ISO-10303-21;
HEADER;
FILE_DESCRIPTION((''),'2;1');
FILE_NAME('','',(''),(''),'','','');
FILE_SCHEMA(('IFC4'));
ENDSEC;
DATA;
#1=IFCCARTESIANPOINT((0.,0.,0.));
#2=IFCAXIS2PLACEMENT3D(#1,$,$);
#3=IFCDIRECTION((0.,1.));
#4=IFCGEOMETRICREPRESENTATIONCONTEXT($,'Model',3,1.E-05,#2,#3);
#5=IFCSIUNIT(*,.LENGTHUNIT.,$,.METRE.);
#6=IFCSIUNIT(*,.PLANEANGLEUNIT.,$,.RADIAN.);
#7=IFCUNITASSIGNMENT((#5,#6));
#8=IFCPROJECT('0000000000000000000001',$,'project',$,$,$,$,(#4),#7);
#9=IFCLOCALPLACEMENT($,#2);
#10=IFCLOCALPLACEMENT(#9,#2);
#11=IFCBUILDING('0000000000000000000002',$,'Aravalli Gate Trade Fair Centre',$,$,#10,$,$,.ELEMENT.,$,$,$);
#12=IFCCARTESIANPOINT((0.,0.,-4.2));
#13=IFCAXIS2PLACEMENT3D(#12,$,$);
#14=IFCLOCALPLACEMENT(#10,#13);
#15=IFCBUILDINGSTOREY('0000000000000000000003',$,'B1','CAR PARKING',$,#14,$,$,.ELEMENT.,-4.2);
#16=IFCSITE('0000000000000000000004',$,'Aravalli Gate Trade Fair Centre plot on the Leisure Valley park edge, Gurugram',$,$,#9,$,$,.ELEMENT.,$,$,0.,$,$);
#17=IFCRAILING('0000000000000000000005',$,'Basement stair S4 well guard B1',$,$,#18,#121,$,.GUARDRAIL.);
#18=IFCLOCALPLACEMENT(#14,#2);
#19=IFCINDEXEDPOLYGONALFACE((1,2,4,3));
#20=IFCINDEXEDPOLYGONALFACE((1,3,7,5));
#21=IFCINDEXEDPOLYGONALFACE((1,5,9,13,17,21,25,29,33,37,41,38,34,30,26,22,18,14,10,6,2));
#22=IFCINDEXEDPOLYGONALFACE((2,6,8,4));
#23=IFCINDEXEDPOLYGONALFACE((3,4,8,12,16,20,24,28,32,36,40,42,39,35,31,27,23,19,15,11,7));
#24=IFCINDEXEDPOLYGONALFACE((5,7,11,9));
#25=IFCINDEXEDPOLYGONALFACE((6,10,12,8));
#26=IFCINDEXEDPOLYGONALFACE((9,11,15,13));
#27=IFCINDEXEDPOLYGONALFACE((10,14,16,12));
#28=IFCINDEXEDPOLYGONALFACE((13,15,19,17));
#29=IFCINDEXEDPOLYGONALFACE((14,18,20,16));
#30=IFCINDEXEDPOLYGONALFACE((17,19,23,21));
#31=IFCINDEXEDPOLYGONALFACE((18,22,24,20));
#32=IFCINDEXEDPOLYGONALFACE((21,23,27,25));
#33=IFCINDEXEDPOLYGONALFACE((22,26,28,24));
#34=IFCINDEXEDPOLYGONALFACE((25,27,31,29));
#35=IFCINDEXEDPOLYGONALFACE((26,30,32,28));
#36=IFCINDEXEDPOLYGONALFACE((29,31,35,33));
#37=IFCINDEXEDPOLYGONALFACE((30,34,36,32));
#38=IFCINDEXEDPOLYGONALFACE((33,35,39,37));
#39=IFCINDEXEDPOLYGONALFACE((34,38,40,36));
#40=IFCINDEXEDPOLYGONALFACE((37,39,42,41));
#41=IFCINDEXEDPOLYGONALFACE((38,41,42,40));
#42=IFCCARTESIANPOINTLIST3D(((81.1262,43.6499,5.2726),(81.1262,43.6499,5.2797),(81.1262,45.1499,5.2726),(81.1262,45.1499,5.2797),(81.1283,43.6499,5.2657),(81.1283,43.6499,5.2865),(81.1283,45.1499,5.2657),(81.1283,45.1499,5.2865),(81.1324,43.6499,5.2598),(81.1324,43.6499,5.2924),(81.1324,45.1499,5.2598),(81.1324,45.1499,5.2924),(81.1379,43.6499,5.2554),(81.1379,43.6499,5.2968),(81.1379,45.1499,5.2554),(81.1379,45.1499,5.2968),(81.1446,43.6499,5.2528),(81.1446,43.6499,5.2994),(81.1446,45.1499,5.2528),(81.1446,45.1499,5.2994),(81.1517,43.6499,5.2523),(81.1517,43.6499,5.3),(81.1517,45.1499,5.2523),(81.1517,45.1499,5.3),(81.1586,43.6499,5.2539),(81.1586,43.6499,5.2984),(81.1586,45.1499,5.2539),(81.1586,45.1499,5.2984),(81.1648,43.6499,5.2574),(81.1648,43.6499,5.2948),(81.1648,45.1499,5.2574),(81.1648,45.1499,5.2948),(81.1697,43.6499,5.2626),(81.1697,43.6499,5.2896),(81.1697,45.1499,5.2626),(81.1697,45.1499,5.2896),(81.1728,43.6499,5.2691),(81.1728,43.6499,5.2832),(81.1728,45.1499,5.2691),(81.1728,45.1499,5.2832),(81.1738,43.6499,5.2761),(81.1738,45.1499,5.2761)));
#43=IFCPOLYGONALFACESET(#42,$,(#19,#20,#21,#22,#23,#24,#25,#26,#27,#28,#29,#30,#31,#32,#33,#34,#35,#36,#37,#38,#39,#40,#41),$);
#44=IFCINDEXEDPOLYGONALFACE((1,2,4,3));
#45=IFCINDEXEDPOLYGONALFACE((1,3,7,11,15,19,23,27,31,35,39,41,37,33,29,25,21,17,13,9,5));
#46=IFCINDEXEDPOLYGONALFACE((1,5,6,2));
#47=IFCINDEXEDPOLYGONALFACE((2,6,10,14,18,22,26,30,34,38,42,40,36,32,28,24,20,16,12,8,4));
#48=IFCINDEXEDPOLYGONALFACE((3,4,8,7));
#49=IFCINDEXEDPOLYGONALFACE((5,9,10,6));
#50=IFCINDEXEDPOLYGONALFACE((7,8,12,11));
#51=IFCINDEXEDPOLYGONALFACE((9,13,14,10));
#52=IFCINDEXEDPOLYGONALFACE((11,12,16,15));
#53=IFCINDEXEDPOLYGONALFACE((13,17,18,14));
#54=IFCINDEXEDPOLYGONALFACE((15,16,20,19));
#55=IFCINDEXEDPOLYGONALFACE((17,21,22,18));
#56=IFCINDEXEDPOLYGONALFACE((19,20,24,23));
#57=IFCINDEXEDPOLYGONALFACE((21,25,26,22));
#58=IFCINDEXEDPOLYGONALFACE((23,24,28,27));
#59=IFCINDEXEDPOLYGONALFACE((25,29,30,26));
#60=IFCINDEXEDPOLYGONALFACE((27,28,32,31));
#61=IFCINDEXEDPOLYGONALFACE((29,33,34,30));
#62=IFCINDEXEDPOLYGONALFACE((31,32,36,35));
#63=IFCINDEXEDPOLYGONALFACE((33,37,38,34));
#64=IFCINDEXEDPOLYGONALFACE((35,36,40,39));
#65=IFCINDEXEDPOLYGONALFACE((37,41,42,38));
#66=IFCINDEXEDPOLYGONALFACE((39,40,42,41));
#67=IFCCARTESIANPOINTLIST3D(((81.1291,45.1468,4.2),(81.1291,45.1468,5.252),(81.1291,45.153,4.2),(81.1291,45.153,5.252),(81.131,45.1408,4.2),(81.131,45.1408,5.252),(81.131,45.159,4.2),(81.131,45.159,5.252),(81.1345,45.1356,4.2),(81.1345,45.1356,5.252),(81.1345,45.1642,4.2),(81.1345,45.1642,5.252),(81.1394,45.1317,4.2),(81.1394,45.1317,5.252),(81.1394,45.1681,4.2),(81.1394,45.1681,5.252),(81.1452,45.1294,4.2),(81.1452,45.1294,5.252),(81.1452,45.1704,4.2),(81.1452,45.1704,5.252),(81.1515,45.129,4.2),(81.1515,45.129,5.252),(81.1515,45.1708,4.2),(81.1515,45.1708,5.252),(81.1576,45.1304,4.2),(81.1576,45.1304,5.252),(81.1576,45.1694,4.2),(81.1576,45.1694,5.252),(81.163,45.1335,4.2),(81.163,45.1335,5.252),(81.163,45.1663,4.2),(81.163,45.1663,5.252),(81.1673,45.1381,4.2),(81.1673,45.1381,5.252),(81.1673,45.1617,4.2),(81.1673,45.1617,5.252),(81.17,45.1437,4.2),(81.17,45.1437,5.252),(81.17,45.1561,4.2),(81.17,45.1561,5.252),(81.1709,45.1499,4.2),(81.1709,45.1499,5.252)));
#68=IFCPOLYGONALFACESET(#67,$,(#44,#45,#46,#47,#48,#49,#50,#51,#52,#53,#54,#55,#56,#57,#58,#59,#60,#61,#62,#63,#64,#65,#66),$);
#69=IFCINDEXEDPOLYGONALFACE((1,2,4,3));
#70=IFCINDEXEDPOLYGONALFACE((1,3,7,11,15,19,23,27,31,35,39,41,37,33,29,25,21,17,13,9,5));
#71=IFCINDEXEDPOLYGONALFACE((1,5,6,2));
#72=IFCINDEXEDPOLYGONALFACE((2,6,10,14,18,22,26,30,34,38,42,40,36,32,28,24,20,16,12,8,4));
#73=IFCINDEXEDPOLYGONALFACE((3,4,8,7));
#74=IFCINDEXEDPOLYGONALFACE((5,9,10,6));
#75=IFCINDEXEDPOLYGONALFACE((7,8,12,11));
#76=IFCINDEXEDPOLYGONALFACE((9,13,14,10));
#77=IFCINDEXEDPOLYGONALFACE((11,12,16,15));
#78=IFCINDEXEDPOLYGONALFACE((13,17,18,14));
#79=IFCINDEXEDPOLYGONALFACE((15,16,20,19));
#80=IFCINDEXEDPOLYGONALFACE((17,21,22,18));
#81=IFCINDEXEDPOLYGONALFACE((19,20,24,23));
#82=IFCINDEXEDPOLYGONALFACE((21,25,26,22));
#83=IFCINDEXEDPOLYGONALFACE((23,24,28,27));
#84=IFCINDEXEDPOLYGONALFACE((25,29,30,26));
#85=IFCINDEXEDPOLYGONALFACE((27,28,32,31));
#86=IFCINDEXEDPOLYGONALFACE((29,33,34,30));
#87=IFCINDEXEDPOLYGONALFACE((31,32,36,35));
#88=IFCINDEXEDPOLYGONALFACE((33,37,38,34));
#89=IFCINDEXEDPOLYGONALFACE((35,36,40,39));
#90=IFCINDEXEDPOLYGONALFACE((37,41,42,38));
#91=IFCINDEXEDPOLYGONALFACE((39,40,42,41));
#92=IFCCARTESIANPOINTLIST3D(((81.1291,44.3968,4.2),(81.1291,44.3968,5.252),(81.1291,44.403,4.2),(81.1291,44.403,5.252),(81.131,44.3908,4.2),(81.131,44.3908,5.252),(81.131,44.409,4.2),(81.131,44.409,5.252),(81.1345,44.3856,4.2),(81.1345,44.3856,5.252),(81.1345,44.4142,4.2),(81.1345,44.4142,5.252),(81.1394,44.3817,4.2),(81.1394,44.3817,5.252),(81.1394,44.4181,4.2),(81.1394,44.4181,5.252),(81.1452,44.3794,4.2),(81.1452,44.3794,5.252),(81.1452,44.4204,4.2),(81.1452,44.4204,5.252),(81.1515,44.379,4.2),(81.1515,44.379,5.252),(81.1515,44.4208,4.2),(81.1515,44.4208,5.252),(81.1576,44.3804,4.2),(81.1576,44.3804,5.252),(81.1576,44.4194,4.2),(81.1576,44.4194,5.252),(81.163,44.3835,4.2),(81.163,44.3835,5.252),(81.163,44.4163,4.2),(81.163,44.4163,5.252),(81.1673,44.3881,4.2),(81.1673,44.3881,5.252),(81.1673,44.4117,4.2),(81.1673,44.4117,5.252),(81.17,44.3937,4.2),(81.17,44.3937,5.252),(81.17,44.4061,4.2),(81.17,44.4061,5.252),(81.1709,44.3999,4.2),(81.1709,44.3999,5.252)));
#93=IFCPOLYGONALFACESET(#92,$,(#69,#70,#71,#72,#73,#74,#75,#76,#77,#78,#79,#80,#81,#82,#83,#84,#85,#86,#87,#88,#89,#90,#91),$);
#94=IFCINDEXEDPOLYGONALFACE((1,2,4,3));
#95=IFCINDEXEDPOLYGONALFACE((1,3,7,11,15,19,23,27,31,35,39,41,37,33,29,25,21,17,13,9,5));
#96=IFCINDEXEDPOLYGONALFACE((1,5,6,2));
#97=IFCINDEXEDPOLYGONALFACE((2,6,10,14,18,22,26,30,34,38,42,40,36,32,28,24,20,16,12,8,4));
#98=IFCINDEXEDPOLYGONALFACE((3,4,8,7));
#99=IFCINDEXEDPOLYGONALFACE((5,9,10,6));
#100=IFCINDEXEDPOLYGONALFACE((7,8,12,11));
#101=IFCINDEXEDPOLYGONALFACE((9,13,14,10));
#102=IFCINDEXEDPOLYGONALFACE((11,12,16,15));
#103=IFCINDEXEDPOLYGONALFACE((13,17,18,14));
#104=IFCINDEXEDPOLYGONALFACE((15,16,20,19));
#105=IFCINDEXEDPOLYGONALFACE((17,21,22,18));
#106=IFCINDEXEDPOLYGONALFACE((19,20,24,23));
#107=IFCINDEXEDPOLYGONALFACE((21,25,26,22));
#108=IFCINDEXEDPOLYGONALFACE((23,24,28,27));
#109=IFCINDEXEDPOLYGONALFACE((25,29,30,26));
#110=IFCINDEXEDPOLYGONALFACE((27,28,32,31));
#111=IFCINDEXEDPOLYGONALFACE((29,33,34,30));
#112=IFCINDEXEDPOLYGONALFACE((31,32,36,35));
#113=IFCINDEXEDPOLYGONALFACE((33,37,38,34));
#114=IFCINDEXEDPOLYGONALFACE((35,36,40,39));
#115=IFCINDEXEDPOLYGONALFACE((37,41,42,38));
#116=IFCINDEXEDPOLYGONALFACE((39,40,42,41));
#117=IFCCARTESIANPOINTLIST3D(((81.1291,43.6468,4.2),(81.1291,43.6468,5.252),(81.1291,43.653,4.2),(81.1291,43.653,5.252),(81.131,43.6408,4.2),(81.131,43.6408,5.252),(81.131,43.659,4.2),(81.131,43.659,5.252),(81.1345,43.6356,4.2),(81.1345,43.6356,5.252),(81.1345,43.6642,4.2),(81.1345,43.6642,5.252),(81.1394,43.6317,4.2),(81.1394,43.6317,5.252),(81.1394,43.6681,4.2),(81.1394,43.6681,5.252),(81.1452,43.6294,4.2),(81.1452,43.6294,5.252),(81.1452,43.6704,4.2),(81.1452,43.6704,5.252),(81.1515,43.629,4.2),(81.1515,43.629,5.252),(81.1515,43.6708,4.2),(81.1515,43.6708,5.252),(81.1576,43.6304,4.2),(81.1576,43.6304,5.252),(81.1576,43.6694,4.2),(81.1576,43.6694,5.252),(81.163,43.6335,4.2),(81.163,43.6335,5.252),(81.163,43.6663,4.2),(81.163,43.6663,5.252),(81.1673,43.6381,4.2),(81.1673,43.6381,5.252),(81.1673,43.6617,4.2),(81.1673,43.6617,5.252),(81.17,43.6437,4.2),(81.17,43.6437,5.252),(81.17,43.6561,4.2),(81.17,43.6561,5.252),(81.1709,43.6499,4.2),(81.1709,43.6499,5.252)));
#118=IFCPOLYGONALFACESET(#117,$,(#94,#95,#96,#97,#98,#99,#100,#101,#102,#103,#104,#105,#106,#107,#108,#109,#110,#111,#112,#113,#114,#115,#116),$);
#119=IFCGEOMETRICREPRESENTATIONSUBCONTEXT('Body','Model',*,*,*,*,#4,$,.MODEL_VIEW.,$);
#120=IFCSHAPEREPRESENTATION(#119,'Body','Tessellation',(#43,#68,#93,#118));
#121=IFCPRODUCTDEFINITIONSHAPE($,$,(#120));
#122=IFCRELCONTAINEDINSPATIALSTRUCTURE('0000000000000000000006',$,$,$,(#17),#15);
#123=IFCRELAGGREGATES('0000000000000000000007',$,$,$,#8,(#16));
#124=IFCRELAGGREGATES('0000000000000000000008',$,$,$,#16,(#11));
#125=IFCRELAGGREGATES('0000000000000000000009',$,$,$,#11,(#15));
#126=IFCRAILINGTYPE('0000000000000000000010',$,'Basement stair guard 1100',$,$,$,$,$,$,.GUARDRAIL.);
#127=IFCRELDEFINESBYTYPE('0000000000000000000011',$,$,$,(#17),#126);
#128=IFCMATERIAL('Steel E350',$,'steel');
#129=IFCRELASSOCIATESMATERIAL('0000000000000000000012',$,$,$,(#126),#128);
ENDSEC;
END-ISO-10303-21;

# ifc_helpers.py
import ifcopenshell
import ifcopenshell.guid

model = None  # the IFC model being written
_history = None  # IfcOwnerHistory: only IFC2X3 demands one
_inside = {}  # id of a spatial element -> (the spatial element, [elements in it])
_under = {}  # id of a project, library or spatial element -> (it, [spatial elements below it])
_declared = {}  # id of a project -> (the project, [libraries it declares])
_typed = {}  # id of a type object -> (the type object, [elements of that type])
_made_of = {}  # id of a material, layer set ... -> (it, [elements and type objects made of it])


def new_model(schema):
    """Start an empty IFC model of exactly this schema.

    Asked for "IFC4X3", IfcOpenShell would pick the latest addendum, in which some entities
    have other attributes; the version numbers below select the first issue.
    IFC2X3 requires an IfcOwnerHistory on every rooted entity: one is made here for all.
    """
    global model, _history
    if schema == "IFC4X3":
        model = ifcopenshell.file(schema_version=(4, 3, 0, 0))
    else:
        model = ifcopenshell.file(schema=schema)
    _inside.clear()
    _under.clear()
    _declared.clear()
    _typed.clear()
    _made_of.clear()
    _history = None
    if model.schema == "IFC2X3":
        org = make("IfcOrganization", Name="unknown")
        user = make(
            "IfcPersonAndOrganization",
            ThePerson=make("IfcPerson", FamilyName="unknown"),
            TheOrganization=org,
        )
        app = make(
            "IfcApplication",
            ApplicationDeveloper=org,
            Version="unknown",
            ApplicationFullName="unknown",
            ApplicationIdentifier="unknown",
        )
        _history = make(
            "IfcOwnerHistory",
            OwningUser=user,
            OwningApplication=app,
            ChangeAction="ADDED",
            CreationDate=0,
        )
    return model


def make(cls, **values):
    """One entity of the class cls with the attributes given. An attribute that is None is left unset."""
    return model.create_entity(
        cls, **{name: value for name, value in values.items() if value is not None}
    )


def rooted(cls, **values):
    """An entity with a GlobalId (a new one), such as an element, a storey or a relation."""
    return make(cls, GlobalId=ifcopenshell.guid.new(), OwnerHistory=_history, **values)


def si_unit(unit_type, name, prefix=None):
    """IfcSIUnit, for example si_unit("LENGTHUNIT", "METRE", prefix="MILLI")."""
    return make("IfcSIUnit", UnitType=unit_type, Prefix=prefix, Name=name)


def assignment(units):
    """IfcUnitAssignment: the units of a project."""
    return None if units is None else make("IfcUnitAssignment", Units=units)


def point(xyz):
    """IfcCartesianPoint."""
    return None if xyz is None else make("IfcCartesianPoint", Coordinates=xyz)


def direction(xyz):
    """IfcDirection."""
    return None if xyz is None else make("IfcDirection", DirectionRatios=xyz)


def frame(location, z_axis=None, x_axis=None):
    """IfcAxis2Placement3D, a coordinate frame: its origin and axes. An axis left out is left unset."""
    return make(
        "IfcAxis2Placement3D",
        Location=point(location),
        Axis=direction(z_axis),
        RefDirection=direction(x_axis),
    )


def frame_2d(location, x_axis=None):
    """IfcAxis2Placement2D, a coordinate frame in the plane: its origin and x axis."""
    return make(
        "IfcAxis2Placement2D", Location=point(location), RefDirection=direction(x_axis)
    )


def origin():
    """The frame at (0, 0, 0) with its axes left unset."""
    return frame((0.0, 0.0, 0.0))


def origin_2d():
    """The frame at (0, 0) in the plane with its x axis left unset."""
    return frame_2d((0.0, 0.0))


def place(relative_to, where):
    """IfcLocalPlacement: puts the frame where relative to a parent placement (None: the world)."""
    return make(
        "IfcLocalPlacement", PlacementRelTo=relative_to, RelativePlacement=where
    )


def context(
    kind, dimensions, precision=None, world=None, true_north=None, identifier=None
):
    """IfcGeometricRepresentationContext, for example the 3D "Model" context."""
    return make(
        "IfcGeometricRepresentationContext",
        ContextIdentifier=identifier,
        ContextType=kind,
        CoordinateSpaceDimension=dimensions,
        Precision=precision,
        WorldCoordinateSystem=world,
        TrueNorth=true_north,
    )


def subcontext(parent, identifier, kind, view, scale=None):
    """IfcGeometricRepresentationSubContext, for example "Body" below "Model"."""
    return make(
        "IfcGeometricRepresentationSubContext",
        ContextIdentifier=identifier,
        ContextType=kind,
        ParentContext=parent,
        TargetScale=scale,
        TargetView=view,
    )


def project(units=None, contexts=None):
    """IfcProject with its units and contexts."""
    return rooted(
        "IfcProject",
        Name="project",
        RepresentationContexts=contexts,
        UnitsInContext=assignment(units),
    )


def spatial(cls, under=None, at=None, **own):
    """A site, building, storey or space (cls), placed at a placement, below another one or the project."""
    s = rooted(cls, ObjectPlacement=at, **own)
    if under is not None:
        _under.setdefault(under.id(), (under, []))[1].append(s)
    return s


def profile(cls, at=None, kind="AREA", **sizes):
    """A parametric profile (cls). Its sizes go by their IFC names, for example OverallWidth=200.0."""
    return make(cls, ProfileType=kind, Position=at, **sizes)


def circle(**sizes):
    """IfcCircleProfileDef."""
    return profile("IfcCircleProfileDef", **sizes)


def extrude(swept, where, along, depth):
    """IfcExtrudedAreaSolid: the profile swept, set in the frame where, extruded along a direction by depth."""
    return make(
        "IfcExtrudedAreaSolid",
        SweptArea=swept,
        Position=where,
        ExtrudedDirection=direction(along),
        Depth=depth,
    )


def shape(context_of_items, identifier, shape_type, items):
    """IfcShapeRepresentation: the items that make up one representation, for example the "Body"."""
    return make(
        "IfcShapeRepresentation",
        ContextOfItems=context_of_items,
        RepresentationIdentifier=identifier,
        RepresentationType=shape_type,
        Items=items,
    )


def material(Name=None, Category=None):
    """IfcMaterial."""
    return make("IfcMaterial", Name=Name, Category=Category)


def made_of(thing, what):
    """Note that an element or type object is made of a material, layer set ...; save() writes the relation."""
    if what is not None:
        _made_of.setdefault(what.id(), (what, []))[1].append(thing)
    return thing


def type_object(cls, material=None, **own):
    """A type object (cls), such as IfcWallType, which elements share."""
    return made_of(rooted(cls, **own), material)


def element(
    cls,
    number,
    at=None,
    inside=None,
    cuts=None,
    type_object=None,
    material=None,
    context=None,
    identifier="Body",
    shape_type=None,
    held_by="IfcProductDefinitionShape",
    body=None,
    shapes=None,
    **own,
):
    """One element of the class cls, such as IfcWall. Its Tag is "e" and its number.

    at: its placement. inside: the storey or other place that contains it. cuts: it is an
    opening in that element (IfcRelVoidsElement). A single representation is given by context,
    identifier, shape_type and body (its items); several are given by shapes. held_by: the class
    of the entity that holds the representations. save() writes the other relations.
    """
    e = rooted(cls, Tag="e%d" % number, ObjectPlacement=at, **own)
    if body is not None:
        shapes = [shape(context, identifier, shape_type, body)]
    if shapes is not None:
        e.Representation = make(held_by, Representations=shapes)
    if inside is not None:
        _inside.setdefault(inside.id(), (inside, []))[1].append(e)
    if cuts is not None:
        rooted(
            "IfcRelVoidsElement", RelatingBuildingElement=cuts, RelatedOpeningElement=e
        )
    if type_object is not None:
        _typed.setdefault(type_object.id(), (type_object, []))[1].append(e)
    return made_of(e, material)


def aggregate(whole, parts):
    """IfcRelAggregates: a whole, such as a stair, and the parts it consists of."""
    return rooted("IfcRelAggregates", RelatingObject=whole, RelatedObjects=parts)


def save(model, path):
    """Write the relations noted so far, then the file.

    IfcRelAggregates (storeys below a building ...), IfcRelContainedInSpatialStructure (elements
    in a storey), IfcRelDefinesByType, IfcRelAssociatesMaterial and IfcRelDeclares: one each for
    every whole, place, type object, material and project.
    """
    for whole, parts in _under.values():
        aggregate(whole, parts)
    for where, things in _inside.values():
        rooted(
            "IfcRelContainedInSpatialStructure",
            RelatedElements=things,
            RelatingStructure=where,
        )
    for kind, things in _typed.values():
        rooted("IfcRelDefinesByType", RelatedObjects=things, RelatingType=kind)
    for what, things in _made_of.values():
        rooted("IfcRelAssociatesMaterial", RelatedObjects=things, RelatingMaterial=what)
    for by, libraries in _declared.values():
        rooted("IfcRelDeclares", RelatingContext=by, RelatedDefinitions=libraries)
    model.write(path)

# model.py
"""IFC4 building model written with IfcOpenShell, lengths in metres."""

from ifc_helpers import new_model, si_unit, direction, frame, origin, origin_2d, place, context, subcontext, project, spatial, circle, extrude, material, type_object, element, save


model = new_model("IFC4")

# Units and contexts
model_context = context("Model", 3, precision=1e-05, world=origin(), true_north=direction((0.0, 1.0)))
body_context = subcontext(model_context, "Body", "Model", "MODEL_VIEW")
ifc_project = project(units=[si_unit("LENGTHUNIT", "METRE"), si_unit("PLANEANGLEUNIT", "RADIAN")], contexts=[model_context])

# Site, building, storey
site_placement = place(None, origin())
site = spatial("IfcSite", under=ifc_project, at=site_placement, Name="Aravalli Gate Trade Fair Centre plot on the Leisure Valley park edge, Gurugram", CompositionType="ELEMENT", RefElevation=0.0)
building_placement = place(site_placement, origin())
building = spatial("IfcBuilding", under=site, at=building_placement, Name="Aravalli Gate Trade Fair Centre", CompositionType="ELEMENT")
storey_placement = place(building_placement, frame((0.0, 0.0, -4.2)))
storey = spatial("IfcBuildingStorey", under=building, at=storey_placement, Name="B1", Description="CAR PARKING", CompositionType="ELEMENT", Elevation=-4.2)

# Railing
ifc_material_1 = material(Name="Steel E350", Category="steel")
railing_type_1 = type_object("IfcRailingType", Name="Basement stair guard 1100", PredefinedType="GUARDRAIL", material=ifc_material_1)
railing_1_placement = place(storey_placement, frame((81.1499, 45.1499, 4.2)))
element("IfcRailing", 1, at=railing_1_placement, inside=storey, type_object=railing_type_1, Name="Basement stair S4 well guard B1", PredefinedType="GUARDRAIL", context=body_context, shape_type="SweptSolid", body=[
    extrude(circle(Radius=0.0239, at=origin_2d()), frame((0.0, 0.0, 1.0762), z_axis=(0.0, -1.0, 0.0), x_axis=(1.0, 0.0, 0.0)), (0.0, 0.0, 1.0), 1.5),
    extrude(circle(Radius=0.021, at=origin_2d()), origin(), (0.0, 0.0, 1.0), 1.052),
    extrude(circle(Radius=0.021, at=origin_2d()), frame((0.0, -0.75, 0.0)), (0.0, 0.0, 1.0), 1.052),
    extrude(circle(Radius=0.021, at=origin_2d()), frame((0.0, -1.5, 0.0)), (0.0, 0.0, 1.0), 1.052),
])

save(model, "model.ifc")
